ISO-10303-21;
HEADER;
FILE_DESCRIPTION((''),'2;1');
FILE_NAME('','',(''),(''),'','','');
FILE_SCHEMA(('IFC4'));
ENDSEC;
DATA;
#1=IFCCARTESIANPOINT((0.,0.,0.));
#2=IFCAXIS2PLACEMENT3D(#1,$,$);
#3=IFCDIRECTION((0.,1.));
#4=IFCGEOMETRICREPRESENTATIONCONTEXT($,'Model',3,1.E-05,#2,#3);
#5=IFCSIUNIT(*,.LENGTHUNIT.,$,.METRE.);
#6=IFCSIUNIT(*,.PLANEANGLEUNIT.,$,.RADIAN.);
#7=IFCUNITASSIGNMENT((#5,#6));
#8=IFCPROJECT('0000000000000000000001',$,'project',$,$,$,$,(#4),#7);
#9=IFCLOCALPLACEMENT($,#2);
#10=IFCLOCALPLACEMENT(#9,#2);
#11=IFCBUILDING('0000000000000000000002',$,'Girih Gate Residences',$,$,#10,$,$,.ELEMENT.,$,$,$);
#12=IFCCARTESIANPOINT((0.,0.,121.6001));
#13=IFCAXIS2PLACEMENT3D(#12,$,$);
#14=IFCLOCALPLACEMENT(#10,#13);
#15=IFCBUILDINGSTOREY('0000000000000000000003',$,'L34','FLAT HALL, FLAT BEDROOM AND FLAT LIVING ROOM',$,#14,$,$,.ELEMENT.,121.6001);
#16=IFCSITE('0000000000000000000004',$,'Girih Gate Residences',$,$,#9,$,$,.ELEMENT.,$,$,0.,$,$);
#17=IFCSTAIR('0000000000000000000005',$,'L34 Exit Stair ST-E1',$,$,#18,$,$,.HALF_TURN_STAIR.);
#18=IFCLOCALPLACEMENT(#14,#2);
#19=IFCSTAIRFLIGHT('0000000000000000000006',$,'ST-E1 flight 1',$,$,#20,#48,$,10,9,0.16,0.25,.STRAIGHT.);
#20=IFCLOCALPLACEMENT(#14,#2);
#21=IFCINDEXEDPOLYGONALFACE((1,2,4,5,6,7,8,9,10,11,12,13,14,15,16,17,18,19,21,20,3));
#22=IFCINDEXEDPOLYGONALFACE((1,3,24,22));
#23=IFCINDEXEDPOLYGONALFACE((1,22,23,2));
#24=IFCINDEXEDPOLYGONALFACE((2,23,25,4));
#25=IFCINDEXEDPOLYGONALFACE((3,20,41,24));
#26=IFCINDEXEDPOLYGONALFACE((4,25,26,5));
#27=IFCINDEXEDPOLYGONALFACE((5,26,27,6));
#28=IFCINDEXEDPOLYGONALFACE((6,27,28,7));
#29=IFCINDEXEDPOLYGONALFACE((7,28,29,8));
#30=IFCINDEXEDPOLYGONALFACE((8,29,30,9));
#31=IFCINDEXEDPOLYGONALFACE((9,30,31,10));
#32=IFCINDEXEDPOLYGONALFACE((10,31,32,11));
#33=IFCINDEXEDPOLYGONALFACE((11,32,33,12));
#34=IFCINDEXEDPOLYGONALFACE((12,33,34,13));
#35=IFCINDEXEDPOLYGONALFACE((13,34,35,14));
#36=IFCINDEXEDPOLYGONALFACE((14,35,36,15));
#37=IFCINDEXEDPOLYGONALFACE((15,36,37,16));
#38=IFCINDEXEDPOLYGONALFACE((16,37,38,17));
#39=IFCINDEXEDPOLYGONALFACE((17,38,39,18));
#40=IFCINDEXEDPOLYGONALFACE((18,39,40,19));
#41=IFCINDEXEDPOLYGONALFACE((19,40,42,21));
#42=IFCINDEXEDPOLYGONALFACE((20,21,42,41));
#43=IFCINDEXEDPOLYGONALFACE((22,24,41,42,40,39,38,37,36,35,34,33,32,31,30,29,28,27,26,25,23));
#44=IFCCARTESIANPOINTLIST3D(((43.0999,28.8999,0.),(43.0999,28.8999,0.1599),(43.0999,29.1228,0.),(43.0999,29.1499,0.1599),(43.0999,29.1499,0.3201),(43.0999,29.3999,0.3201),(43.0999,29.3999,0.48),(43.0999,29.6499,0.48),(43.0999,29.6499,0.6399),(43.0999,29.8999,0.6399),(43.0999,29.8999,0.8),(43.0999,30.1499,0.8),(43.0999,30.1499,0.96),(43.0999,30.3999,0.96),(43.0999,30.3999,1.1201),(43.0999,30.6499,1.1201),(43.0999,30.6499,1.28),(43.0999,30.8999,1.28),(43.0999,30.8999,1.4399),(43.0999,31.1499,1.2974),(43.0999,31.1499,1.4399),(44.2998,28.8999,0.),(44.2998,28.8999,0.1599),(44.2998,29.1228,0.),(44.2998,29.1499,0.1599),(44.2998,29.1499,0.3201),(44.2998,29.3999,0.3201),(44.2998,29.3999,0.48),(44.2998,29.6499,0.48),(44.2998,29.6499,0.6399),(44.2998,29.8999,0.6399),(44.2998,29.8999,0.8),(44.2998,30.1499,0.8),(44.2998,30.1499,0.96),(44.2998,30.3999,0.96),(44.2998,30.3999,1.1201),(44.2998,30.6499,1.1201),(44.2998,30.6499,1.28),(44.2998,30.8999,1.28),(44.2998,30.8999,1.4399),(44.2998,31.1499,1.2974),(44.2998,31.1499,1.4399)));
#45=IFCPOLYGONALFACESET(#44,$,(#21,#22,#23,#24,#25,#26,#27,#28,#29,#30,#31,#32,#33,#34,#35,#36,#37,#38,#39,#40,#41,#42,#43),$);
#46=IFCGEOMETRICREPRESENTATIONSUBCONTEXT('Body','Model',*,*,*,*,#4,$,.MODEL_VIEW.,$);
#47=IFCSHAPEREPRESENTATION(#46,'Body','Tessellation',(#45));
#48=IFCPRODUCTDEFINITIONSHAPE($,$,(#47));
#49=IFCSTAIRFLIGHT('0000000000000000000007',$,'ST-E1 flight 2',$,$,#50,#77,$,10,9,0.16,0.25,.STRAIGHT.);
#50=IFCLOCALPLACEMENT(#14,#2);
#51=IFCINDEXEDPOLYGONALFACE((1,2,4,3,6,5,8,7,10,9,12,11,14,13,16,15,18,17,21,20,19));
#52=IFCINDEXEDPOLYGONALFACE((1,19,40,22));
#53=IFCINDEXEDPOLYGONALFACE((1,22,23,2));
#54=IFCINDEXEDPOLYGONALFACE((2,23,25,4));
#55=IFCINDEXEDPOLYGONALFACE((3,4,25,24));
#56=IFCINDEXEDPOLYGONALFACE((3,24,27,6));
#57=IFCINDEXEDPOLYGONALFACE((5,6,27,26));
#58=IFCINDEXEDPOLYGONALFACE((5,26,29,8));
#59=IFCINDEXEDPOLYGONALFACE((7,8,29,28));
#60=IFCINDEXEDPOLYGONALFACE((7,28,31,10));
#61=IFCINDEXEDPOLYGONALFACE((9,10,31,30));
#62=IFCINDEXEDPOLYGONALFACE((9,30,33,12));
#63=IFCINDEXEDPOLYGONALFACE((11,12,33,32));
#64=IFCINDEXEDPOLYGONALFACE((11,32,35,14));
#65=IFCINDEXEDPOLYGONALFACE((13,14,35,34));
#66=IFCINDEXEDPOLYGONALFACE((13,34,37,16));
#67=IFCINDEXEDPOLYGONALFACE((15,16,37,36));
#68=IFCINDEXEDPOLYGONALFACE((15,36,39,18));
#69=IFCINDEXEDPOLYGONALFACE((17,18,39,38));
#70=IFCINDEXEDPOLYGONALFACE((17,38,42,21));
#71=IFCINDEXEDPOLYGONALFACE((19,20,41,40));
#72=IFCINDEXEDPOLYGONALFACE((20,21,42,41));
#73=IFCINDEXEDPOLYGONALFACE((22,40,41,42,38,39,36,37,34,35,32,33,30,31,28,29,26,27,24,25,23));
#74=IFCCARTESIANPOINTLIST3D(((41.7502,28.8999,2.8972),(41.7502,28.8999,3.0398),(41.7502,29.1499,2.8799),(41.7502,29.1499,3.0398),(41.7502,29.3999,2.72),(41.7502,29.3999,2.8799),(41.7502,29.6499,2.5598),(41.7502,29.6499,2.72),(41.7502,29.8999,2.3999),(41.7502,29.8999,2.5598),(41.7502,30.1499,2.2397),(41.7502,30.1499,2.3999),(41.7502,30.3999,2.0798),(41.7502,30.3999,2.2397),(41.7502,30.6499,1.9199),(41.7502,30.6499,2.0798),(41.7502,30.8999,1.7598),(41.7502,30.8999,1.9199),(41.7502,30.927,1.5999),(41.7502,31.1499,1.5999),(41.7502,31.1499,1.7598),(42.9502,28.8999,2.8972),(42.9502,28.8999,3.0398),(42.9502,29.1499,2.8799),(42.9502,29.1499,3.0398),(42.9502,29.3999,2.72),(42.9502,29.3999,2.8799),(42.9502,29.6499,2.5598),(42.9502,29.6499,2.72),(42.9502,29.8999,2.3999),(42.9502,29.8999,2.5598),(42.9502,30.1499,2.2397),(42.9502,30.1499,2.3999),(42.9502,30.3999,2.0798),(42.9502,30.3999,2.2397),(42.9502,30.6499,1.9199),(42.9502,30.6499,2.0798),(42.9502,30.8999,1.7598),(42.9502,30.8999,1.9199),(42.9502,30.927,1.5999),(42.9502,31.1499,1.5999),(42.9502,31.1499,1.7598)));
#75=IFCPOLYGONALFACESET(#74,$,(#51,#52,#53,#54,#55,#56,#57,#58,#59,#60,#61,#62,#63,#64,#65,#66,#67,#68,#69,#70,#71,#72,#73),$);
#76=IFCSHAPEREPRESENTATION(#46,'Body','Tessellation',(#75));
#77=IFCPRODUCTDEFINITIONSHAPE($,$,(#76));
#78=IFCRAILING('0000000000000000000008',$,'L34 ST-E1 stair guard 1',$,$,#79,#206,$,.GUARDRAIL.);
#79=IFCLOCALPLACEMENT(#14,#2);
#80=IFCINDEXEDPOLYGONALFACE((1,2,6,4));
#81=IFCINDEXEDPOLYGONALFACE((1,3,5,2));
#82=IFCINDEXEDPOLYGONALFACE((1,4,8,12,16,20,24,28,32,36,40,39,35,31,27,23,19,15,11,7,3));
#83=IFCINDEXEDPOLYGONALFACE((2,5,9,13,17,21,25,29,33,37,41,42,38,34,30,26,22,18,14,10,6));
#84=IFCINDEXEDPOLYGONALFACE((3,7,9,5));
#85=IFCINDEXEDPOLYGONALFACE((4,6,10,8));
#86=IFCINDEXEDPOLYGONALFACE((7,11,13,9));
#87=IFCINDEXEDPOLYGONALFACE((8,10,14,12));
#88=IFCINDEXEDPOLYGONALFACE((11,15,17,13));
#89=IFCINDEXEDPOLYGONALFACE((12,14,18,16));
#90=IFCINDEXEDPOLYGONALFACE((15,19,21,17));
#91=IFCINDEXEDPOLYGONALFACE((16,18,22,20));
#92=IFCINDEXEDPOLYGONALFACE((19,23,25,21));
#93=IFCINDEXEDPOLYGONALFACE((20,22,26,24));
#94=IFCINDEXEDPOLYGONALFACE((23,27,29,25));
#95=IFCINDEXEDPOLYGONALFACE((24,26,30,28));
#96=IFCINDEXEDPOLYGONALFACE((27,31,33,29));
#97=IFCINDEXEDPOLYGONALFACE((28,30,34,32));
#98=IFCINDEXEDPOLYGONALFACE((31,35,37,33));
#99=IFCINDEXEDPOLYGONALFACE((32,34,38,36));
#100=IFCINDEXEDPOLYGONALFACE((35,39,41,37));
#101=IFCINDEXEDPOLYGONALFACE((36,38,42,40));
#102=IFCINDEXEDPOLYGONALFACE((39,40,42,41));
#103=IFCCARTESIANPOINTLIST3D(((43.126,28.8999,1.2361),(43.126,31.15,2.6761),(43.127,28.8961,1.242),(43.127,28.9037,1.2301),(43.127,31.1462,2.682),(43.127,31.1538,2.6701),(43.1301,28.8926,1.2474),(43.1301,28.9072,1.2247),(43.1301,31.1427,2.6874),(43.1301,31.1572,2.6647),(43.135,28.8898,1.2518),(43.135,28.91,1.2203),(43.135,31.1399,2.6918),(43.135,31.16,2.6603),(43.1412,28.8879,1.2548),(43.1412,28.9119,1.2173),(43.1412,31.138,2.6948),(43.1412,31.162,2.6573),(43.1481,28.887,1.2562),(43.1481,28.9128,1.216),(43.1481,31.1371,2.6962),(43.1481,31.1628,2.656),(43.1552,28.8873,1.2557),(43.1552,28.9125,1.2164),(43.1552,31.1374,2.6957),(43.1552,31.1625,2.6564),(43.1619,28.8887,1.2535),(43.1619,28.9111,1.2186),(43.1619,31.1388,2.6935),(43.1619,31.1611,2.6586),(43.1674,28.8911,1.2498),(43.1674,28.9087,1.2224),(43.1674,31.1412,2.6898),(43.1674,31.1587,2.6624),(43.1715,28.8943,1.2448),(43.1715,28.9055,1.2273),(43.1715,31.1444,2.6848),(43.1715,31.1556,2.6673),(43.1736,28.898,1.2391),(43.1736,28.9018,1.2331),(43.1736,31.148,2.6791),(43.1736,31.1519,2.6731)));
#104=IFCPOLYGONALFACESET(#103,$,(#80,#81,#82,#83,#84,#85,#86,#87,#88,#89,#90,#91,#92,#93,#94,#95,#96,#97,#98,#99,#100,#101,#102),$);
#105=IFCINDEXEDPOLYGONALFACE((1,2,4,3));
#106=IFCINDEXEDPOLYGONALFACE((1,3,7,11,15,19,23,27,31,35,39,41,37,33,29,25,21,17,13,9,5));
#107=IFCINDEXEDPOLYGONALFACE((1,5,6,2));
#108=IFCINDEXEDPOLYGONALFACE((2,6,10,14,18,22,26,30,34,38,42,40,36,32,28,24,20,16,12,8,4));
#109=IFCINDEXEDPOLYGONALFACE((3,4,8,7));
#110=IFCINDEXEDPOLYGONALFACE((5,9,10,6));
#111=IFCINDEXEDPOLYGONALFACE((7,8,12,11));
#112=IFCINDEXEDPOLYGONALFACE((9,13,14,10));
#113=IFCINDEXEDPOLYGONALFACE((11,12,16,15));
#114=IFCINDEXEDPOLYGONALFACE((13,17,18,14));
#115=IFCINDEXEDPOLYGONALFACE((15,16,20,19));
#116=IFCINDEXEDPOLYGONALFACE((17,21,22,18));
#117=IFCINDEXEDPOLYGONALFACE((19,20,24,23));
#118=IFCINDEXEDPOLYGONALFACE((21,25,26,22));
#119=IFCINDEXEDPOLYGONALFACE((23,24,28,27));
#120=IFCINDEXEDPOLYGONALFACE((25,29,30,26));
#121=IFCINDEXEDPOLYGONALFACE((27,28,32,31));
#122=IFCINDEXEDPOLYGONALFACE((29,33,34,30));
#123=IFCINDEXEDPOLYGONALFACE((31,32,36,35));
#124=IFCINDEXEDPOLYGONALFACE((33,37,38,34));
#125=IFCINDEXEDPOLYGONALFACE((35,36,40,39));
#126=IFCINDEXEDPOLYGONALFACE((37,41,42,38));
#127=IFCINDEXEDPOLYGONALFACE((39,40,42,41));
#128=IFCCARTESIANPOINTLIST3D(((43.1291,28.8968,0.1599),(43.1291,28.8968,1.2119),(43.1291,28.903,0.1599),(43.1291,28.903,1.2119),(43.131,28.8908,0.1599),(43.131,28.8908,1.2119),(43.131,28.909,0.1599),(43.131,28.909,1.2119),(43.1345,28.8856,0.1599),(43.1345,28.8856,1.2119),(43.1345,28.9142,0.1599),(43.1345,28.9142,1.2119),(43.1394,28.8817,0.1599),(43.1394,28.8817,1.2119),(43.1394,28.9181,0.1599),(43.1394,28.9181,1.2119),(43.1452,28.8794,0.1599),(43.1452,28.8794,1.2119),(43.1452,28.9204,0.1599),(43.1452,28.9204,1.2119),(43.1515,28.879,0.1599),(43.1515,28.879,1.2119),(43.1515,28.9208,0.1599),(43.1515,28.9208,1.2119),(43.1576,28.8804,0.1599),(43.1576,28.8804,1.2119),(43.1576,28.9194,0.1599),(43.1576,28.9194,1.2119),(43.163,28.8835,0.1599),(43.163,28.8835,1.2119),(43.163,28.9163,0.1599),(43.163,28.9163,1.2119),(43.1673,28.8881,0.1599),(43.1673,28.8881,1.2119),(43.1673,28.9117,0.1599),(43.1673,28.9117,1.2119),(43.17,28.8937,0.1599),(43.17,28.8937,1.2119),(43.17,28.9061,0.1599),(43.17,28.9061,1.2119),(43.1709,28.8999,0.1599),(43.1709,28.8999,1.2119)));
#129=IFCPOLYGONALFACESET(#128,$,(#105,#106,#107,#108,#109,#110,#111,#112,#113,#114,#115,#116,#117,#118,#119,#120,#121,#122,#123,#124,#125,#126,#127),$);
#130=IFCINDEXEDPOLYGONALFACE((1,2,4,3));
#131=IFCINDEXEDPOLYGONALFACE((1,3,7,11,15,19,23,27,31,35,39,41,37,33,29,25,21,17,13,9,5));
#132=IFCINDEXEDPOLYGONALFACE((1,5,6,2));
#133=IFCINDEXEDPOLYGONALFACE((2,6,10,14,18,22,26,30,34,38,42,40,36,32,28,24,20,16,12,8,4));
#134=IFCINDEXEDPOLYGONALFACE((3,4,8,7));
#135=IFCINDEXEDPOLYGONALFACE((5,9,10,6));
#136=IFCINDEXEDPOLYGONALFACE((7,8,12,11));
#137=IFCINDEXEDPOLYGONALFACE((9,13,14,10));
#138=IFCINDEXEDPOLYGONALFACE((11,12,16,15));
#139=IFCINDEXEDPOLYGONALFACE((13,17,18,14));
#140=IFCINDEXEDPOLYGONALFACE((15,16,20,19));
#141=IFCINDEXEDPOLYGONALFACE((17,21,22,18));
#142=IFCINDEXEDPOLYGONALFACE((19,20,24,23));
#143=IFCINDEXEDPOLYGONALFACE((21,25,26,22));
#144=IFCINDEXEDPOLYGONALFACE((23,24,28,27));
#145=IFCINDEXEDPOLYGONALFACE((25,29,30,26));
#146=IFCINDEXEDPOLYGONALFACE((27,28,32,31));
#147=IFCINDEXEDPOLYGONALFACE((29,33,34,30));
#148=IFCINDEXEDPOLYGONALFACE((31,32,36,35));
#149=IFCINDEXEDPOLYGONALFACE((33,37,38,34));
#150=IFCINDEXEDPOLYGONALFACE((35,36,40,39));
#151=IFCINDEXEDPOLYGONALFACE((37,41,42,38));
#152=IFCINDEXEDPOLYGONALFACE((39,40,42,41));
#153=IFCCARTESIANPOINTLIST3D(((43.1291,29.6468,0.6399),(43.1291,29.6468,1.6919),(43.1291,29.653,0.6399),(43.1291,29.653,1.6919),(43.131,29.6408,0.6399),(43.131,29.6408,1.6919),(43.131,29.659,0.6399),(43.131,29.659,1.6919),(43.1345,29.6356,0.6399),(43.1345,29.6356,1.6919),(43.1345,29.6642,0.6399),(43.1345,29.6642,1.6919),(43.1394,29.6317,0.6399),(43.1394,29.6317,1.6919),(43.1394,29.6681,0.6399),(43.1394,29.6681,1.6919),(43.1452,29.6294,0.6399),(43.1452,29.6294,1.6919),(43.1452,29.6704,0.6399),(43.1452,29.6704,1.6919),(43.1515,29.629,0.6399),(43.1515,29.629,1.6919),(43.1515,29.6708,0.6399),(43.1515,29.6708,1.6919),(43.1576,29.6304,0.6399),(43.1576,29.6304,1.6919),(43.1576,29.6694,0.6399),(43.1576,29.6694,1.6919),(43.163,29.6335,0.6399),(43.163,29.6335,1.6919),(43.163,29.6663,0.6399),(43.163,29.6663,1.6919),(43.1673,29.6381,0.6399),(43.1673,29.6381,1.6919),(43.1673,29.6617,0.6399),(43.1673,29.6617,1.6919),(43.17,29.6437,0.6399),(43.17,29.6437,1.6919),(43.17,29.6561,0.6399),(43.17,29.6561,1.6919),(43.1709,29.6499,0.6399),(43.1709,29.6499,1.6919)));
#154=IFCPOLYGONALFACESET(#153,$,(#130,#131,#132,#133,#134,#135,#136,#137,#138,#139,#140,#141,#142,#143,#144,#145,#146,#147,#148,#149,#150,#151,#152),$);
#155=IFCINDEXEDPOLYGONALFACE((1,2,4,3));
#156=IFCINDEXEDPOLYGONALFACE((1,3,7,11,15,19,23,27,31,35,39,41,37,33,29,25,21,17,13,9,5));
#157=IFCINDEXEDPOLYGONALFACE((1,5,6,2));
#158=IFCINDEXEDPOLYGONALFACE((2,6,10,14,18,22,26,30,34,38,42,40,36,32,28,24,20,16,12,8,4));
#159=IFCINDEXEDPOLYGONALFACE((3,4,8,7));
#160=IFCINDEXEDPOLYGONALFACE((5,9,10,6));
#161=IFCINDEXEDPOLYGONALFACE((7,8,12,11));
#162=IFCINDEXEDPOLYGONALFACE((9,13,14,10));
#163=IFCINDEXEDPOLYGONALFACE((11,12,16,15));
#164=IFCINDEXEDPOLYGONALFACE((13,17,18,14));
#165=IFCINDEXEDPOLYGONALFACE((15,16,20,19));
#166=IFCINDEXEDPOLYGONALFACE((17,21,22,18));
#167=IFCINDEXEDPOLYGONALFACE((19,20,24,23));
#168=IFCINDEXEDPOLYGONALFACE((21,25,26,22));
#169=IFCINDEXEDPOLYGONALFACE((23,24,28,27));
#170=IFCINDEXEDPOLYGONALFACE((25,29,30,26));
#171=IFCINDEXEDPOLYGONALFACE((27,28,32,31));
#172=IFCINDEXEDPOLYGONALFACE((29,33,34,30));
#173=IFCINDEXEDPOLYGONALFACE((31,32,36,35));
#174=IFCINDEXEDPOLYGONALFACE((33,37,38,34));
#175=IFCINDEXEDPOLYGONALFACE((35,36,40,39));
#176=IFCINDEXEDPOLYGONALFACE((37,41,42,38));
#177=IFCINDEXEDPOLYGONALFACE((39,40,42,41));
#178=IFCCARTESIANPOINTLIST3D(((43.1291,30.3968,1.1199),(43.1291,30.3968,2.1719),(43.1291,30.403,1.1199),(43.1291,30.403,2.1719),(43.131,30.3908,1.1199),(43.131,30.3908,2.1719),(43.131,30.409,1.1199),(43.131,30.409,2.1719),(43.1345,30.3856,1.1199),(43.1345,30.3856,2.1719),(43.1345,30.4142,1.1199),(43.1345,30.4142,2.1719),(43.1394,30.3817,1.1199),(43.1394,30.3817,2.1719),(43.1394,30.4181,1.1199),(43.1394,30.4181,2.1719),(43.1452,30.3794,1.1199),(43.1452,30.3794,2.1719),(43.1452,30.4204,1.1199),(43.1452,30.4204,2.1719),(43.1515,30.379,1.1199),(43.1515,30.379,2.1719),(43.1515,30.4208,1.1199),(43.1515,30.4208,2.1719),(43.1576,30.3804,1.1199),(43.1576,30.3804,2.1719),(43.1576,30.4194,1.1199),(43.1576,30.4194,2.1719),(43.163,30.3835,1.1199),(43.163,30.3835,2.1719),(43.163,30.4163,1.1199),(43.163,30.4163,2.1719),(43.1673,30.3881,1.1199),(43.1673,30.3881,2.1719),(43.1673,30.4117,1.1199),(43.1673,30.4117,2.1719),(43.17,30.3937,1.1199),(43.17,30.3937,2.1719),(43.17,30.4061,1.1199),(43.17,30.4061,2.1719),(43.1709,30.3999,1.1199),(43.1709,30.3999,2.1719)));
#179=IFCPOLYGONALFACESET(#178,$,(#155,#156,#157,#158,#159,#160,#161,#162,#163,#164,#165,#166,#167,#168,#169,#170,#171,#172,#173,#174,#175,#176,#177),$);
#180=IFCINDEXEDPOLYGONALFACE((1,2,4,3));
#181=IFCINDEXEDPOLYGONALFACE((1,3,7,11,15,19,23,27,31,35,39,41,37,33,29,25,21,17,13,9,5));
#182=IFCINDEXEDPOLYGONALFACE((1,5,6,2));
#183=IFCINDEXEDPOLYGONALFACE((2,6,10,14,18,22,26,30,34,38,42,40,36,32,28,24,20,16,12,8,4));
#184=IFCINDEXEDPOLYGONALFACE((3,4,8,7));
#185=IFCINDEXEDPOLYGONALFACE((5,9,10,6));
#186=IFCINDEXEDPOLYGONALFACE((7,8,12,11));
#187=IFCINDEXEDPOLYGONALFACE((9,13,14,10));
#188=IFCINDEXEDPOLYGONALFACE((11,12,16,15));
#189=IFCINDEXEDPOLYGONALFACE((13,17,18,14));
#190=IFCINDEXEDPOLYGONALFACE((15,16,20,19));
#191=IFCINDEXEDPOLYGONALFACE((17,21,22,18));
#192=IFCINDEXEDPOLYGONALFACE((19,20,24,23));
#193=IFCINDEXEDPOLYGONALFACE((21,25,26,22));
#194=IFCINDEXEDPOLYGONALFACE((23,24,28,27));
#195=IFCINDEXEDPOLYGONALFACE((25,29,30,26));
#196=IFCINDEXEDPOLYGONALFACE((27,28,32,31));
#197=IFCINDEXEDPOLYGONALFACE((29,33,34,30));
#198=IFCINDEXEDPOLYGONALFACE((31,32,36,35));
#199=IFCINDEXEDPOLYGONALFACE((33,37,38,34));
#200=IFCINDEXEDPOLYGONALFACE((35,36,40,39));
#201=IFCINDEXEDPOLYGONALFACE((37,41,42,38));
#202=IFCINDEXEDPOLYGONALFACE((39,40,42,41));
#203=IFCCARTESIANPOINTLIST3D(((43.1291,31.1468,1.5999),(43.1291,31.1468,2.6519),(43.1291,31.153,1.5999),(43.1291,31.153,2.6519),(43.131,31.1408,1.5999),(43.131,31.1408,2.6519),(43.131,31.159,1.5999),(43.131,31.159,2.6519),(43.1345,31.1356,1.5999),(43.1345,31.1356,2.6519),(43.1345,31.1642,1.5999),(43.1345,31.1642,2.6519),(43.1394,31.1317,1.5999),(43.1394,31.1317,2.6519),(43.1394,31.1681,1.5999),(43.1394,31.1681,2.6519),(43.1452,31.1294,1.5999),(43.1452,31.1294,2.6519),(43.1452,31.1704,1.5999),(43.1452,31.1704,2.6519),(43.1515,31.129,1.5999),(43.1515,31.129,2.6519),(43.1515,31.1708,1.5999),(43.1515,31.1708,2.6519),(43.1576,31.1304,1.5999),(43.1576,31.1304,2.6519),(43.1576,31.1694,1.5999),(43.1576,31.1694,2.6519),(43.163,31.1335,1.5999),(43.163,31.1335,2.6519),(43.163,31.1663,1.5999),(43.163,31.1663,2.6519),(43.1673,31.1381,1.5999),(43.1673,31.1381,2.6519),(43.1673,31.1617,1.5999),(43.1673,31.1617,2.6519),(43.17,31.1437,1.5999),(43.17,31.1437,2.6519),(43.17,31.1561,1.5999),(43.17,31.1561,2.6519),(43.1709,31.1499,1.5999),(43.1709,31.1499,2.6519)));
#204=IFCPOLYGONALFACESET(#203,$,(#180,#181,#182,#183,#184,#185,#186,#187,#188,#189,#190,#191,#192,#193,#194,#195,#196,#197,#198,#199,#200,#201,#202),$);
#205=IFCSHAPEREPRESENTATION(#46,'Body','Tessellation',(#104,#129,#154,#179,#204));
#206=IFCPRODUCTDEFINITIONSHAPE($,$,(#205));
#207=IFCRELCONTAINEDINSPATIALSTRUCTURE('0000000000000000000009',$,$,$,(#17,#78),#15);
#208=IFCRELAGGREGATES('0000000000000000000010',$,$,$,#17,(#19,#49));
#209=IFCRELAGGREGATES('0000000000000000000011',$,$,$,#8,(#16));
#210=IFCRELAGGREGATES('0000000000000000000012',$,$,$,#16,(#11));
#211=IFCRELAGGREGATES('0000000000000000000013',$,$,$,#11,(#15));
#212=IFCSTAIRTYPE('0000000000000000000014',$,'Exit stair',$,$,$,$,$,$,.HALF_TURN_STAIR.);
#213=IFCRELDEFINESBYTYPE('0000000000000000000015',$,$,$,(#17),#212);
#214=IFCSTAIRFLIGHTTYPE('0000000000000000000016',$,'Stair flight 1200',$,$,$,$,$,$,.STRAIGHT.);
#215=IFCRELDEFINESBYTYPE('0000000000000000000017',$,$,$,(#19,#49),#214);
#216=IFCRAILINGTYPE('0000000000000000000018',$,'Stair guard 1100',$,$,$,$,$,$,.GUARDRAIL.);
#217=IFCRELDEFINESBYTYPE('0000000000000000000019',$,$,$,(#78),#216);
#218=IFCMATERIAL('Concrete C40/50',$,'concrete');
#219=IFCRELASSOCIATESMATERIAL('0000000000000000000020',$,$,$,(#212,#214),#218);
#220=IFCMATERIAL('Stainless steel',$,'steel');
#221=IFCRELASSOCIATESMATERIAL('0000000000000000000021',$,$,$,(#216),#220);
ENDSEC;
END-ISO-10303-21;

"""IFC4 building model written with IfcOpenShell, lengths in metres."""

from ifc_helpers import new_model, si_unit, direction, frame, origin, origin_2d, place, context, subcontext, project, spatial, polyline, circle, outline, extrude, material, type_object, element, aggregate, save


model = new_model("IFC4")

# Units and contexts
model_context = context("Model", 3, precision=1e-05, world=origin(), true_north=direction((0.0, 1.0)))
body_context = subcontext(model_context, "Body", "Model", "MODEL_VIEW")
ifc_project = project(units=[si_unit("LENGTHUNIT", "METRE"), si_unit("PLANEANGLEUNIT", "RADIAN")], contexts=[model_context])

# Site, building, storey
site_placement = place(None, origin())
site = spatial("IfcSite", under=ifc_project, at=site_placement, Name="Girih Gate Residences", CompositionType="ELEMENT", RefElevation=0.0)
building_placement = place(site_placement, origin())
building = spatial("IfcBuilding", under=site, at=building_placement, Name="Girih Gate Residences", CompositionType="ELEMENT")
storey_placement = place(building_placement, frame((0.0, 0.0, 121.6001)))
storey = spatial("IfcBuildingStorey", under=building, at=storey_placement, Name="L34", Description="FLAT HALL, FLAT BEDROOM AND FLAT LIVING ROOM", CompositionType="ELEMENT", Elevation=121.6001)

# Shared definitions
ifc_material_1 = material(Name="Concrete C40/50", Category="concrete")

# Stair, stair flights
stair_type = type_object("IfcStairType", Name="Exit stair", PredefinedType="HALF_TURN_STAIR", material=ifc_material_1)
stair_placement = place(storey_placement, origin())
stair = element("IfcStair", 1, at=stair_placement, inside=storey, type_object=stair_type, Name="L34 Exit Stair ST-E1", PredefinedType="HALF_TURN_STAIR")
stair_flight_type = type_object("IfcStairFlightType", Name="Stair flight 1200", PredefinedType="STRAIGHT", material=ifc_material_1)
stair_flight_1_placement = place(storey_placement, frame((43.7, 28.8999, 0.0), z_axis=(0.0, 0.0, 1.0), x_axis=(0.0, 1.0, 0.0)))
stair_flight_1 = element("IfcStairFlight", 2, at=stair_flight_1_placement, type_object=stair_flight_type, Name="ST-E1 flight 1", NumberOfRisers=10, NumberOfTreads=9, PredefinedType="STRAIGHT", RiserHeight=0.16, TreadLength=0.25, context=body_context, shape_type="SweptSolid", body=[
    extrude(outline(polyline([(0.0, 0.0), (0.0, 0.1599), (0.25, 0.1599), (0.25, 0.3201), (0.5, 0.3201), (0.5, 0.48), (0.75, 0.48), (0.75, 0.6399), (1.0, 0.6399), (1.0, 0.8), (1.25, 0.8), (1.25, 0.96), (1.5, 0.96), (1.5, 1.1201), (1.75, 1.1201), (1.75, 1.28), (2.0, 1.28), (2.0, 1.4399), (2.25, 1.4399), (2.25, 1.6001), (2.25, 1.2974), (0.2229, 0.0), (0.0, 0.0)])), frame((0.0, 0.6001, 0.0), z_axis=(0.0, -1.0, 0.0), x_axis=(1.0, 0.0, 0.0)), (0.0, 0.0, 1.0), 1.2),
])
stair_flight_2_placement = place(storey_placement, frame((42.3501, 31.1499, 1.5999), z_axis=(0.0, 0.0, 1.0), x_axis=(0.0, -1.0, 0.0)))
stair_flight_2 = element("IfcStairFlight", 3, at=stair_flight_2_placement, type_object=stair_flight_type, Name="ST-E1 flight 2", NumberOfRisers=10, NumberOfTreads=9, PredefinedType="STRAIGHT", RiserHeight=0.16, TreadLength=0.25, context=body_context, shape_type="SweptSolid", body=[
    extrude(outline(polyline([(0.0, 0.0), (0.0, 0.1599), (0.25, 0.1599), (0.25, 0.3201), (0.5, 0.3201), (0.5, 0.48), (0.75, 0.48), (0.75, 0.6399), (1.0, 0.6399), (1.0, 0.8), (1.25, 0.8), (1.25, 0.96), (1.5, 0.96), (1.5, 1.1201), (1.75, 1.1201), (1.75, 1.28), (2.0, 1.28), (2.0, 1.4399), (2.25, 1.4399), (2.25, 1.6001), (2.25, 1.2974), (0.2229, 0.0), (0.0, 0.0)])), frame((0.0, 0.6001, 0.0), z_axis=(0.0, -1.0, 0.0), x_axis=(1.0, 0.0, 0.0)), (0.0, 0.0, 1.0), 1.2),
])
aggregate(stair, [stair_flight_1, stair_flight_2])

# Railing
ifc_material_2 = material(Name="Stainless steel", Category="steel")
railing_type_1 = type_object("IfcRailingType", Name="Stair guard 1100", PredefinedType="GUARDRAIL", material=ifc_material_2)
railing_1_placement = place(storey_placement, frame((43.1499, 28.8999, 0.1599)))
element("IfcRailing", 4, at=railing_1_placement, inside=storey, type_object=railing_type_1, Name="L34 ST-E1 stair guard 1", PredefinedType="GUARDRAIL", context=body_context, shape_type="SweptSolid", body=[
    extrude(circle(Radius=0.0239, at=origin_2d()), frame((0.0, 0.0, 1.0762), z_axis=(0.0, 0.842281, 0.539038), x_axis=(-1.0, 0.0, 0.0)), (0.0, 0.0, 1.0), 2.6714),
    extrude(circle(Radius=0.021, at=origin_2d()), origin(), (0.0, 0.0, 1.0), 1.052),
    extrude(circle(Radius=0.021, at=origin_2d()), frame((0.0, 0.75, 0.48)), (0.0, 0.0, 1.0), 1.052),
    extrude(circle(Radius=0.021, at=origin_2d()), frame((0.0, 1.5, 0.96)), (0.0, 0.0, 1.0), 1.052),
    extrude(circle(Radius=0.021, at=origin_2d()), frame((0.0, 2.25, 1.4399)), (0.0, 0.0, 1.0), 1.052),
])

save(model, "model.ifc")
